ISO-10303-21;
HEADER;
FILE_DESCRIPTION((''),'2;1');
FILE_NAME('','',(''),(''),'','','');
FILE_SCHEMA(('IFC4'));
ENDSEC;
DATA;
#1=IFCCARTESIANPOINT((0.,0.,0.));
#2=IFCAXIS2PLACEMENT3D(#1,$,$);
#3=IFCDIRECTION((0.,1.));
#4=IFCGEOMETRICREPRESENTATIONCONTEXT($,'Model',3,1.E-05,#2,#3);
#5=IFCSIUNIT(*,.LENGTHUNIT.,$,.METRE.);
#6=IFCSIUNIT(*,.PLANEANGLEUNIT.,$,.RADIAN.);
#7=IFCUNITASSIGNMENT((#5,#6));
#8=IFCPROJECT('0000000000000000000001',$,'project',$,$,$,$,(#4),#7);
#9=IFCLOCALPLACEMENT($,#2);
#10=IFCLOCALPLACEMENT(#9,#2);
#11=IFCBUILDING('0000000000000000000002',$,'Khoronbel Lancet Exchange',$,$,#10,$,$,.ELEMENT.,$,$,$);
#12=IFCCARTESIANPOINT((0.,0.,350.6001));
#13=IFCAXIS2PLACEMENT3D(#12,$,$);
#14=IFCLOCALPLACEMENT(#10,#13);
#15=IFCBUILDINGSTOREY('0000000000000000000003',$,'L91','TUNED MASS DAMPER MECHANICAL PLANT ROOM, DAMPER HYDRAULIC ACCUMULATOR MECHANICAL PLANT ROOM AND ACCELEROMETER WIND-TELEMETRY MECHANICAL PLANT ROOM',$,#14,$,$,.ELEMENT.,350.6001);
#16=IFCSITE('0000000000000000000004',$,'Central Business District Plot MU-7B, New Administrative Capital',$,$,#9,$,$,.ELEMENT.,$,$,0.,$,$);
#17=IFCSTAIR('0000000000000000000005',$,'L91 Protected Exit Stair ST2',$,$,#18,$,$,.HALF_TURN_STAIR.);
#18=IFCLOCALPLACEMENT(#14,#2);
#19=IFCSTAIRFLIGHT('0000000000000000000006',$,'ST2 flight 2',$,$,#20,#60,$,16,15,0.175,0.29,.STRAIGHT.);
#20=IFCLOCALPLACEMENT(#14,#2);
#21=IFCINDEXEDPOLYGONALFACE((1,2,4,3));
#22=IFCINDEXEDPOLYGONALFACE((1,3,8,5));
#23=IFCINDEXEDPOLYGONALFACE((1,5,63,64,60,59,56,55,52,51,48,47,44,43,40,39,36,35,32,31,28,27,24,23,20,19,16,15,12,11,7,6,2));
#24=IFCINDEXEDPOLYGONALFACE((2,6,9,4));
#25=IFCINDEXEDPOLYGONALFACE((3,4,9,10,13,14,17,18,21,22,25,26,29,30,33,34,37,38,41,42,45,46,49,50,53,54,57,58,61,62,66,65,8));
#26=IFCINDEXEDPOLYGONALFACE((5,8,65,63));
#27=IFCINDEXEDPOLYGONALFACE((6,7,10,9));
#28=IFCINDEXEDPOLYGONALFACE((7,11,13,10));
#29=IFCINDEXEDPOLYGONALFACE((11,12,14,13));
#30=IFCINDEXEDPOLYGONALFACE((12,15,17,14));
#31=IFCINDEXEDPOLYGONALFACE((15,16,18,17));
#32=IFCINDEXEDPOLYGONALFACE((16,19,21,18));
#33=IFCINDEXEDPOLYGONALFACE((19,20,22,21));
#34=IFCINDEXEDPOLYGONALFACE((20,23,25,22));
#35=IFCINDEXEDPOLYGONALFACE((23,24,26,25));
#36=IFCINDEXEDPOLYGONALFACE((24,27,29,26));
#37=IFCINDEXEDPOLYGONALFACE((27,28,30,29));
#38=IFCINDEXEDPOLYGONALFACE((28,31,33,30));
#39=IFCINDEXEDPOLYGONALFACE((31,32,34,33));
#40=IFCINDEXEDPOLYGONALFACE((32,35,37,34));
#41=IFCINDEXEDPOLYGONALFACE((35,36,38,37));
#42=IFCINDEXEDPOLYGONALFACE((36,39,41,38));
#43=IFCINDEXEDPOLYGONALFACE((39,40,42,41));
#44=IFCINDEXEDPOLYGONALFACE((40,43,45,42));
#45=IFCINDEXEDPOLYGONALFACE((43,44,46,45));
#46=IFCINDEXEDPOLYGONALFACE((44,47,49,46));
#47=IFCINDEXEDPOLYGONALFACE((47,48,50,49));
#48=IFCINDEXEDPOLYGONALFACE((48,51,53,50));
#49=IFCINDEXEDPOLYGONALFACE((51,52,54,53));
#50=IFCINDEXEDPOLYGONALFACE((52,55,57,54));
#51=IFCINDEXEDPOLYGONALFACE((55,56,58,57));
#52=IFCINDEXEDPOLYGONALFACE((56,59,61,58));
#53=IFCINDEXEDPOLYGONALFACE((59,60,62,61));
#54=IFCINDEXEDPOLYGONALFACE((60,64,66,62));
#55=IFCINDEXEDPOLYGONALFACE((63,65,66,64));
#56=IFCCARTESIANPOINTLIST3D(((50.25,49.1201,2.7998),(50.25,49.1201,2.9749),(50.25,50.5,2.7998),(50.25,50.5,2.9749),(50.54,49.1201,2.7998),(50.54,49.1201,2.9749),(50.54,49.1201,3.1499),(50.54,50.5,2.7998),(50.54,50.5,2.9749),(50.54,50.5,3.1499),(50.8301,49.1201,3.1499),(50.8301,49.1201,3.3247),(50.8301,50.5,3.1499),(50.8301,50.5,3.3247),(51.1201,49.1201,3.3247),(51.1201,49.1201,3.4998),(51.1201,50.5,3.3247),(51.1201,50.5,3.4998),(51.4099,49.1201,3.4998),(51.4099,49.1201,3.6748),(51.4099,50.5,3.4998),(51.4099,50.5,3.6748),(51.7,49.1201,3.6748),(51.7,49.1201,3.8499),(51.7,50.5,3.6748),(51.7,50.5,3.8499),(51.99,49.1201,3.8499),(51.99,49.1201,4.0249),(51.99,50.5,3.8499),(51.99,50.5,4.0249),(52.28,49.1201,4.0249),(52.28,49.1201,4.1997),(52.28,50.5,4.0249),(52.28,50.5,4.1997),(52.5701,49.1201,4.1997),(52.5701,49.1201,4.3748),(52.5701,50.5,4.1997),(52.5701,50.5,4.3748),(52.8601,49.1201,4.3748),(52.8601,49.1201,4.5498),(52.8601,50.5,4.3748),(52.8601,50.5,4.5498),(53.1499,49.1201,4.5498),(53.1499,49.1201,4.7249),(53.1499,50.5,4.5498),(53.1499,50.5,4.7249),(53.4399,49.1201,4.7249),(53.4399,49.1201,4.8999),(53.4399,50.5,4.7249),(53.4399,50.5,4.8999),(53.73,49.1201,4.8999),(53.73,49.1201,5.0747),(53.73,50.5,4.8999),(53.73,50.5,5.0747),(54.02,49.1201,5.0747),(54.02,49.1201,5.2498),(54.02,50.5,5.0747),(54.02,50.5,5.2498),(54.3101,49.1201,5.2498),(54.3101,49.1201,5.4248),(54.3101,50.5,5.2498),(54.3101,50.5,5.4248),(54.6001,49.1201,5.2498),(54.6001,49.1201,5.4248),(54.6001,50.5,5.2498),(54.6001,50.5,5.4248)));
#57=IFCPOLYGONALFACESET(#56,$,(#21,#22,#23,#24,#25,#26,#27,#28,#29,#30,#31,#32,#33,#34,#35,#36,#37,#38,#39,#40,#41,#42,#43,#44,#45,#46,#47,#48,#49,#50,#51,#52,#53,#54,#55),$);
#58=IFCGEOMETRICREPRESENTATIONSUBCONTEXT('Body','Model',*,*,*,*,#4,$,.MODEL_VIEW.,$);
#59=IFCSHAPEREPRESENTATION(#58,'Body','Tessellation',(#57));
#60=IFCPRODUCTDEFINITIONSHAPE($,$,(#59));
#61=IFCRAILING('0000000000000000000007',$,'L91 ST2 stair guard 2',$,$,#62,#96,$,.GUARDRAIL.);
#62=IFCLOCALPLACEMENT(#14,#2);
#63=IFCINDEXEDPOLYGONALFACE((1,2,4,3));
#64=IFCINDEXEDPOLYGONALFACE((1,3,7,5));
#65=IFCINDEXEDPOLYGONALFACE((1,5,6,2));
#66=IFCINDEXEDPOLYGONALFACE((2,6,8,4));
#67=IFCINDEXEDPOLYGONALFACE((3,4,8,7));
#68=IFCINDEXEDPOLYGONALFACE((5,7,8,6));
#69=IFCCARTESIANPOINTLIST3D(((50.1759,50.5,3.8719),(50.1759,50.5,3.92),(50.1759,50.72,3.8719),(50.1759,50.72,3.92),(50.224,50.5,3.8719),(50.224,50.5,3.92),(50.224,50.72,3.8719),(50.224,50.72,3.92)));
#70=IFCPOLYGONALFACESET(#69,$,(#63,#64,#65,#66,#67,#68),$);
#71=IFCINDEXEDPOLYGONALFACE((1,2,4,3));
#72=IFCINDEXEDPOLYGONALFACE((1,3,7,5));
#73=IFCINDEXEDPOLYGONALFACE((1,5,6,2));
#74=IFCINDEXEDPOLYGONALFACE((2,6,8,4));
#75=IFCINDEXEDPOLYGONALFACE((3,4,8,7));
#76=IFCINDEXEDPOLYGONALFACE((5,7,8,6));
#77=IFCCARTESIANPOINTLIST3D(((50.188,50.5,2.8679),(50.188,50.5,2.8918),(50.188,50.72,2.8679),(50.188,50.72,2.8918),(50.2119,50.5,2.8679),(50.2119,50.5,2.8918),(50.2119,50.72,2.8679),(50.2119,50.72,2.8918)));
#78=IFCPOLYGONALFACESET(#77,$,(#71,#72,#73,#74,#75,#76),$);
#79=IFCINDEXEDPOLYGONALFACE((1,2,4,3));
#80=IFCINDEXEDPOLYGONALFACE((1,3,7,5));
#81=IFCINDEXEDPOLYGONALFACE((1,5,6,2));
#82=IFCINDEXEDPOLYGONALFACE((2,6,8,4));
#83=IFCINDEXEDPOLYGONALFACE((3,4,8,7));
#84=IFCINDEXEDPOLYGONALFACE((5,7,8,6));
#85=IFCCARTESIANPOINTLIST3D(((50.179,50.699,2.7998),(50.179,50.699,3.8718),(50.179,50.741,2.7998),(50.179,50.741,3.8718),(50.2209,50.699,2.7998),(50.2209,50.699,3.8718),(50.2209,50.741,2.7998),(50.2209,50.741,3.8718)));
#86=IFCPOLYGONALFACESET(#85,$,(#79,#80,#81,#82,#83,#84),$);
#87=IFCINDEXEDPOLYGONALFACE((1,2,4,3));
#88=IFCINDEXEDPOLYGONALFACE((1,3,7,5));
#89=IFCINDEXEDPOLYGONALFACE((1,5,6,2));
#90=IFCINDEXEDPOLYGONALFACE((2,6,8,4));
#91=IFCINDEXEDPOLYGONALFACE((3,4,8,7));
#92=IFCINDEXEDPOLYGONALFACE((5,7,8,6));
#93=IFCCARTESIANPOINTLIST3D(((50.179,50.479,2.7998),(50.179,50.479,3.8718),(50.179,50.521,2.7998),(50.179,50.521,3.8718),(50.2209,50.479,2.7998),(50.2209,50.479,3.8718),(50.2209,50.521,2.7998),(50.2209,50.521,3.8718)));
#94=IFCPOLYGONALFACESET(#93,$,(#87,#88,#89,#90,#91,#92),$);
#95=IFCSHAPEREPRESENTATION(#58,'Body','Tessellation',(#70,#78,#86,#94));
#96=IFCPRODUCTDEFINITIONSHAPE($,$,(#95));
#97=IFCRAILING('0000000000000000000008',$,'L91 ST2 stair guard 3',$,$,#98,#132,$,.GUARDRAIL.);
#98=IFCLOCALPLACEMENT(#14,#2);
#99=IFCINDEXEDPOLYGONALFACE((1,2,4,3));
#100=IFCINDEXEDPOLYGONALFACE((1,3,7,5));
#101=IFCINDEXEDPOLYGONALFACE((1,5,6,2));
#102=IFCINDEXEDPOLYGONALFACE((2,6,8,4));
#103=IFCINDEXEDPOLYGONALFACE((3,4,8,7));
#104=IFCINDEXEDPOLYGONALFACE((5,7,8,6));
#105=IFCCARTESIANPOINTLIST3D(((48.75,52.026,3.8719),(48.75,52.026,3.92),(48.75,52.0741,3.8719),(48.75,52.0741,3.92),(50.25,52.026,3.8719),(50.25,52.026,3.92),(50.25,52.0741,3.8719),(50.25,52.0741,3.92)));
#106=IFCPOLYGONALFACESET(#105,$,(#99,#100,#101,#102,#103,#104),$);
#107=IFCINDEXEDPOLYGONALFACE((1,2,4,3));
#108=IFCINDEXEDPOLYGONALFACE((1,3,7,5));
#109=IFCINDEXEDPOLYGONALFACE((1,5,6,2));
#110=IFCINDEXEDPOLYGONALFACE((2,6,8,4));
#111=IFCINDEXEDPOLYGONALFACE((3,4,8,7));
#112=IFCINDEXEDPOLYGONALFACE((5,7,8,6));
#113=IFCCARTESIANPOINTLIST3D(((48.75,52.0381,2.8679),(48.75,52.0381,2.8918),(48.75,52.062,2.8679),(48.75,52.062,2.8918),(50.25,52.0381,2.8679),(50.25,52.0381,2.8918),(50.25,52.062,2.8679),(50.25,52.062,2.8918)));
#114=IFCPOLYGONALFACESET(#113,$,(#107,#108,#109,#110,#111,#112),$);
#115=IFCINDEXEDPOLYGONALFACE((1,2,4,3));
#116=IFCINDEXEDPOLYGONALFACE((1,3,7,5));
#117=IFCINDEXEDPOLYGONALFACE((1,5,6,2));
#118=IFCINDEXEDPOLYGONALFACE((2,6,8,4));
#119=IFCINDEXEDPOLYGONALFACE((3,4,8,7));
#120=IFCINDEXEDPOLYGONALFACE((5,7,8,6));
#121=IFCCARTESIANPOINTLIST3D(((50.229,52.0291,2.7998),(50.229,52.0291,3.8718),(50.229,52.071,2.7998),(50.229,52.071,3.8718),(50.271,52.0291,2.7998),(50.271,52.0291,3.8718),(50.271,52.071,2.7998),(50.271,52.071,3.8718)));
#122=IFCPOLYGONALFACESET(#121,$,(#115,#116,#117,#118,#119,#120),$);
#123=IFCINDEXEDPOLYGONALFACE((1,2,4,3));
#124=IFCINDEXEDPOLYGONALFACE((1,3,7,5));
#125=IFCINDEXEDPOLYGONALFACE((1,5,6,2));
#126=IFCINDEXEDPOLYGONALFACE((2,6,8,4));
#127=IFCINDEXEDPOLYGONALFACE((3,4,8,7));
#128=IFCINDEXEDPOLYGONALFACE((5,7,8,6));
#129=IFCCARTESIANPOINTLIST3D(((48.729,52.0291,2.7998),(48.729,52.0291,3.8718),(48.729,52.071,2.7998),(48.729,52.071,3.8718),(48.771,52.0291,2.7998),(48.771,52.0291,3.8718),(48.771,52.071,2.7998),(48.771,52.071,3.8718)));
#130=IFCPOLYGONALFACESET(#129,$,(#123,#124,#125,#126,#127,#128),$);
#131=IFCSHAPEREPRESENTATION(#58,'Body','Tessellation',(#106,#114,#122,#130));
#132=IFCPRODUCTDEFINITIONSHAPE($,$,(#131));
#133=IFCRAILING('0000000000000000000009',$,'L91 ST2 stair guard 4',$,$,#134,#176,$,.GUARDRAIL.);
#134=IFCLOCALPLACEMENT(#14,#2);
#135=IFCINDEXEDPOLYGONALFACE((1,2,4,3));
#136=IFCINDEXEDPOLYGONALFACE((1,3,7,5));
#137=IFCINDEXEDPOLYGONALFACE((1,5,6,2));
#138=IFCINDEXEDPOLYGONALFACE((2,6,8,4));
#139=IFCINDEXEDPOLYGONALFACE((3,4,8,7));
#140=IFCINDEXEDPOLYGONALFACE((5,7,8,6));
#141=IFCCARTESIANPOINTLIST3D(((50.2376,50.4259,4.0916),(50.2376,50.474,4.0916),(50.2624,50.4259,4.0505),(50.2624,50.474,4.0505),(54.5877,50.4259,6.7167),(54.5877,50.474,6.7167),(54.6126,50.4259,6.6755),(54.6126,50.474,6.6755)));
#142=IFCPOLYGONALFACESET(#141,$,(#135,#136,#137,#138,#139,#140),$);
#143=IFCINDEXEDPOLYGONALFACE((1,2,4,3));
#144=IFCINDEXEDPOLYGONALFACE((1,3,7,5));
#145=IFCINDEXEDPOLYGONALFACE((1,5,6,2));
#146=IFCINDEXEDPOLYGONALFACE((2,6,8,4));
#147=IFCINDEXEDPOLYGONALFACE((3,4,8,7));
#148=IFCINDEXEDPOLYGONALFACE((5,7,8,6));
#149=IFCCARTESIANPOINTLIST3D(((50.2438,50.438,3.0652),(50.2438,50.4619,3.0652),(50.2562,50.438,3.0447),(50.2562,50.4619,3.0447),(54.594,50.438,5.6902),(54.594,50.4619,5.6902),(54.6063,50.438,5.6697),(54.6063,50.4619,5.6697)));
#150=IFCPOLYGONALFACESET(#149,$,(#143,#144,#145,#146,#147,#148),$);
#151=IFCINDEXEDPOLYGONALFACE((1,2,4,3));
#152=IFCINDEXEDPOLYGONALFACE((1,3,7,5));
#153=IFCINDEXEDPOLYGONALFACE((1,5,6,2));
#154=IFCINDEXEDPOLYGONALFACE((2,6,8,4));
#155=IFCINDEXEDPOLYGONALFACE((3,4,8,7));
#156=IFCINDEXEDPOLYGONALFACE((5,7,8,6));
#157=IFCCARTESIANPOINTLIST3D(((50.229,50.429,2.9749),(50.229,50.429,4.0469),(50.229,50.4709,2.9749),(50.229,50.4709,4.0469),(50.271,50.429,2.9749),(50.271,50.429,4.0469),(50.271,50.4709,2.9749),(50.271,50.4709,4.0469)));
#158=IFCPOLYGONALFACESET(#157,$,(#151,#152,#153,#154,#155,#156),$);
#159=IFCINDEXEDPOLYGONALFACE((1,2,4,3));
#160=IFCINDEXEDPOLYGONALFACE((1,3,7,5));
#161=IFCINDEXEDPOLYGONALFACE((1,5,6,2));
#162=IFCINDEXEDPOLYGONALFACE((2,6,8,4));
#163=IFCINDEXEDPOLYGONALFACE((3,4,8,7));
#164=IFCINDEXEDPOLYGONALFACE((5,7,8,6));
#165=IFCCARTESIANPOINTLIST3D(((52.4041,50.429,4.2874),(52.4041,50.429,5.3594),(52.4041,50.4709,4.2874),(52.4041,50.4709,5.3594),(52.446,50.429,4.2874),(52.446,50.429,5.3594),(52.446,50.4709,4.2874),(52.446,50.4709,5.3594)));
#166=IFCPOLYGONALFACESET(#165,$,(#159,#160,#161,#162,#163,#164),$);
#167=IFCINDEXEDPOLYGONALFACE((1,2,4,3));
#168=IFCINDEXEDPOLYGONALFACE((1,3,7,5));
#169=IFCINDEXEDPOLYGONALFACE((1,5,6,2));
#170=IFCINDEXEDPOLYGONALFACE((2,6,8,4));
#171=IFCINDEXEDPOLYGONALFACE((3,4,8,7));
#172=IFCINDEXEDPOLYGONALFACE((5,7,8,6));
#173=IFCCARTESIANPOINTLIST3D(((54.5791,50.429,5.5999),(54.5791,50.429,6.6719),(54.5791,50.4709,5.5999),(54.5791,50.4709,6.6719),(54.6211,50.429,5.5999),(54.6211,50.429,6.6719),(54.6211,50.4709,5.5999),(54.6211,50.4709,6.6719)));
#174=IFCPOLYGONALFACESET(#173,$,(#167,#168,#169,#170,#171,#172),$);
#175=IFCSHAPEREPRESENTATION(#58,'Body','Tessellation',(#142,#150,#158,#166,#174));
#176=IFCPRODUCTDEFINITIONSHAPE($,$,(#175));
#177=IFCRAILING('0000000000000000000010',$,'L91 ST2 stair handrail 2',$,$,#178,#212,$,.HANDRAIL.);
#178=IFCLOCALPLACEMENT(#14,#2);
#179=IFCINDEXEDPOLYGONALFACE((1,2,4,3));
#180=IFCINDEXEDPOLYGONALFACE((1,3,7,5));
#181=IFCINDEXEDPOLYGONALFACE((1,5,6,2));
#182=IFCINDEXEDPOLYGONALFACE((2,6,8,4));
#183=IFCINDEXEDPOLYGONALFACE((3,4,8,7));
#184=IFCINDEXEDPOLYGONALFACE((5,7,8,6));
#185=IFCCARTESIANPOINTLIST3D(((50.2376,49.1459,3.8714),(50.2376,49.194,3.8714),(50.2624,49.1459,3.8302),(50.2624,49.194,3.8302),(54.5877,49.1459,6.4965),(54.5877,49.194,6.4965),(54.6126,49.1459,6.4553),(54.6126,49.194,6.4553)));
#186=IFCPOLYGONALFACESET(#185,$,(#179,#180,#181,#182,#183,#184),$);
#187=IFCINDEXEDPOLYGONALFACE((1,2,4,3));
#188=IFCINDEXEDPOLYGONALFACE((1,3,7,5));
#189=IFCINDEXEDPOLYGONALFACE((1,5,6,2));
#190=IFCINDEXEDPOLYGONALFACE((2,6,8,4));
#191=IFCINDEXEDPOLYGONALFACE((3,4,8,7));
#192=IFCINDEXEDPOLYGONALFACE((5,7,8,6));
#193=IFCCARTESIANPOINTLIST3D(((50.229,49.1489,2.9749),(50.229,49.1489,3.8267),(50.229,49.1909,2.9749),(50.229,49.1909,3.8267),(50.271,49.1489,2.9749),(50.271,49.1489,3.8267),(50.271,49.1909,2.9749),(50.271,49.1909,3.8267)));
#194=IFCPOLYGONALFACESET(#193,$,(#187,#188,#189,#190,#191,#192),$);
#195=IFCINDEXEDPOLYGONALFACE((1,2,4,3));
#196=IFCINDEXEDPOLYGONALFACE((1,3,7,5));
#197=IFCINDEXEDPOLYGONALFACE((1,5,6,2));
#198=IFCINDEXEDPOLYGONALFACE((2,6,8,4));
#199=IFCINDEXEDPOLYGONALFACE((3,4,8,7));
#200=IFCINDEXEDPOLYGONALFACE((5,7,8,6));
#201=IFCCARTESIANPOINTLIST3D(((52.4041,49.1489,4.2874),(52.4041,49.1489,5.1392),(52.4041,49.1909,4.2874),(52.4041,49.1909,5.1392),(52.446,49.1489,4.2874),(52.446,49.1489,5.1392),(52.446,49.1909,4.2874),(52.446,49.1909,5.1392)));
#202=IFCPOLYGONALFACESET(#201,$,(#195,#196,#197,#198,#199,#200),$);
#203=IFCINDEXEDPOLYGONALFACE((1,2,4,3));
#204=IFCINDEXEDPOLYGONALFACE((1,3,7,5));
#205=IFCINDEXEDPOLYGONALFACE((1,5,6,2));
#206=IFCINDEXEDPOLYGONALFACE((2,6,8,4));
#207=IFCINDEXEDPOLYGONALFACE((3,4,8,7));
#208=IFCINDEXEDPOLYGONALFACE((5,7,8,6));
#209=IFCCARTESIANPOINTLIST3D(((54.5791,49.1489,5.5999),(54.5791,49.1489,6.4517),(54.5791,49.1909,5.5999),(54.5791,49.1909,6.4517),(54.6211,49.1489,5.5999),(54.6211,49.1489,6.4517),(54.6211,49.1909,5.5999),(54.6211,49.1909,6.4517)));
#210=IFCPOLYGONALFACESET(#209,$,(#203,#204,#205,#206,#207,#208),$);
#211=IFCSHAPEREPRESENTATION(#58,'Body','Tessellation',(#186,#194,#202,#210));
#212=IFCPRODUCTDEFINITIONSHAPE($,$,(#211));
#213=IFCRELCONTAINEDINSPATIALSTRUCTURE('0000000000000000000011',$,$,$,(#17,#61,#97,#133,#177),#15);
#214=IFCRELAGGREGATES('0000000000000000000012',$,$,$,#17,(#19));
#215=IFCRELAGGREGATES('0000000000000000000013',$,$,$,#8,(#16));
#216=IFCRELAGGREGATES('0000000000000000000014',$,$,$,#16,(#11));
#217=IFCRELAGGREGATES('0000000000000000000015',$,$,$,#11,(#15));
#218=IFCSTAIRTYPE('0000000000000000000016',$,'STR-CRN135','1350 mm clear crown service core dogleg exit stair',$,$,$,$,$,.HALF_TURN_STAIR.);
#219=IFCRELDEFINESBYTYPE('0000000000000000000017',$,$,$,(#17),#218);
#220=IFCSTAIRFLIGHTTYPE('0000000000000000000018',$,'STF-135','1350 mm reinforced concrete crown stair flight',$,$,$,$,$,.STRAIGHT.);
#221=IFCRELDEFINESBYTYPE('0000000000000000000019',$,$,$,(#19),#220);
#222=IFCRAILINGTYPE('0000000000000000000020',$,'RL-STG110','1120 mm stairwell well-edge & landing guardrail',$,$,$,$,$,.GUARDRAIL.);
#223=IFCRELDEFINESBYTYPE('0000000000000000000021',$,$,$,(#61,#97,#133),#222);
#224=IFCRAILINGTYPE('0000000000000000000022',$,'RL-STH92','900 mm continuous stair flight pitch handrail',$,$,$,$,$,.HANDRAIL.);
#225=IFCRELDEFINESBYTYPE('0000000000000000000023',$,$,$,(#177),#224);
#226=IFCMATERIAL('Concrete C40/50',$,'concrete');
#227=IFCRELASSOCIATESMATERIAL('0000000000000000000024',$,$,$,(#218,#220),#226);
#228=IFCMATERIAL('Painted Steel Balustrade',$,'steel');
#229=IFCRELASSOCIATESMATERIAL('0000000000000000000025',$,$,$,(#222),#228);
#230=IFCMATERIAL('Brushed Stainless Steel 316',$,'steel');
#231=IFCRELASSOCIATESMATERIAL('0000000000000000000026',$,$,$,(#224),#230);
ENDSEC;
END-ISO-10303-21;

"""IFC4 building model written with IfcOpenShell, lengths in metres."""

from ifc_helpers import new_model, si_unit, direction, frame, origin, origin_2d, place, context, subcontext, project, spatial, polyline, rectangle, outline, extrude, material, type_object, element, aggregate, save


model = new_model("IFC4")

# Units and contexts
model_context = context("Model", 3, precision=1e-05, world=origin(), true_north=direction((0.0, 1.0)))
body_context = subcontext(model_context, "Body", "Model", "MODEL_VIEW")
ifc_project = project(units=[si_unit("LENGTHUNIT", "METRE"), si_unit("PLANEANGLEUNIT", "RADIAN")], contexts=[model_context])

# Site, building, storey
site_placement = place(None, origin())
site = spatial("IfcSite", under=ifc_project, at=site_placement, Name="Central Business District Plot MU-7B, New Administrative Capital", CompositionType="ELEMENT", RefElevation=0.0)
building_placement = place(site_placement, origin())
building = spatial("IfcBuilding", under=site, at=building_placement, Name="Khoronbel Lancet Exchange", CompositionType="ELEMENT")
storey_placement = place(building_placement, frame((0.0, 0.0, 350.6001)))
storey = spatial("IfcBuildingStorey", under=building, at=storey_placement, Name="L91", Description="TUNED MASS DAMPER MECHANICAL PLANT ROOM, DAMPER HYDRAULIC ACCUMULATOR MECHANICAL PLANT ROOM AND ACCELEROMETER WIND-TELEMETRY MECHANICAL PLANT ROOM", CompositionType="ELEMENT", Elevation=350.6001)

# Stair, stair flight
ifc_material_1 = material(Name="Concrete C40/50", Category="concrete")
stair_type = type_object("IfcStairType", Name="STR-CRN135", Description="1350 mm clear crown service core dogleg exit stair", PredefinedType="HALF_TURN_STAIR", material=ifc_material_1)
stair_placement = place(storey_placement, origin())
stair = element("IfcStair", 1, at=stair_placement, inside=storey, type_object=stair_type, Name="L91 Protected Exit Stair ST2", PredefinedType="HALF_TURN_STAIR")
stair_flight_type = type_object("IfcStairFlightType", Name="STF-135", Description="1350 mm reinforced concrete crown stair flight", PredefinedType="STRAIGHT", material=ifc_material_1)
stair_flight_placement = place(storey_placement, frame((50.25, 49.8101, 2.7998), z_axis=(0.0, 0.0, 1.0), x_axis=(1.0, 0.0, 0.0)))
stair_flight = element("IfcStairFlight", 2, at=stair_flight_placement, type_object=stair_flight_type, Name="ST2 flight 2", NumberOfRisers=16, NumberOfTreads=15, PredefinedType="STRAIGHT", RiserHeight=0.175, TreadLength=0.29, context=body_context, shape_type="SweptSolid", body=[
    extrude(outline(polyline([(0.0, 0.0), (0.0, 0.175), (0.29, 0.175), (0.29, 0.3501), (0.5801, 0.3501), (0.5801, 0.5249), (0.8701, 0.5249), (0.8701, 0.7), (1.1599, 0.7), (1.1599, 0.875), (1.45, 0.875), (1.45, 1.05), (1.74, 1.05), (1.74, 1.2251), (2.03, 1.2251), (2.03, 1.3999), (2.3201, 1.3999), (2.3201, 1.575), (2.6101, 1.575), (2.6101, 1.75), (2.8999, 1.75), (2.8999, 1.925), (3.1899, 1.925), (3.1899, 2.1001), (3.48, 2.1001), (3.48, 2.2749), (3.77, 2.2749), (3.77, 2.45), (4.0601, 2.45), (4.0601, 2.625), (4.3501, 2.625), (4.3501, 2.8), (4.3501, 2.45), (0.29, 0.0), (0.0, 0.0)])), frame((0.0, 0.6899, 0.0), z_axis=(0.0, -1.0, 0.0), x_axis=(1.0, 0.0, 0.0)), (0.0, 0.0, 1.0), 1.3799),
])
aggregate(stair, [stair_flight])

# Railings
ifc_material_2 = material(Name="Painted Steel Balustrade", Category="steel")
railing_type_1 = type_object("IfcRailingType", Name="RL-STG110", Description="1120 mm stairwell well-edge & landing guardrail", PredefinedType="GUARDRAIL", material=ifc_material_2)
railing_1_placement = place(storey_placement, frame((50.2, 50.72, 2.7998)))
element("IfcRailing", 3, at=railing_1_placement, inside=storey, type_object=railing_type_1, Name="L91 ST2 stair guard 2", PredefinedType="GUARDRAIL", context=body_context, shape_type="SweptSolid", body=[
    extrude(rectangle(XDim=0.0481, YDim=0.0481, at=origin_2d()), frame((0.0, 0.0, 1.0962), z_axis=(0.0, -1.0, 0.0), x_axis=(1.0, 0.0, 0.0)), (0.0, 0.0, 1.0), 0.22),
    extrude(rectangle(XDim=0.0239, YDim=0.0239, at=origin_2d()), frame((0.0, 0.0, 0.0801), z_axis=(0.0, -1.0, 0.0), x_axis=(1.0, 0.0, 0.0)), (0.0, 0.0, 1.0), 0.22),
    extrude(rectangle(XDim=0.042, YDim=0.042, at=origin_2d()), origin(), (0.0, 0.0, 1.0), 1.072),
    extrude(rectangle(XDim=0.042, YDim=0.042, at=origin_2d()), frame((0.0, -0.22, 0.0)), (0.0, 0.0, 1.0), 1.072),
])
railing_2_placement = place(storey_placement, frame((50.25, 52.05, 2.7998)))
element("IfcRailing", 4, at=railing_2_placement, inside=storey, type_object=railing_type_1, Name="L91 ST2 stair guard 3", PredefinedType="GUARDRAIL", context=body_context, shape_type="SweptSolid", body=[
    extrude(rectangle(XDim=0.0481, YDim=0.0481, at=origin_2d()), frame((0.0, 0.0, 1.0962), z_axis=(-1.0, 0.0, 0.0), x_axis=(0.0, -1.0, 0.0)), (0.0, 0.0, 1.0), 1.5),
    extrude(rectangle(XDim=0.0239, YDim=0.0239, at=origin_2d()), frame((0.0, 0.0, 0.0801), z_axis=(-1.0, 0.0, 0.0), x_axis=(0.0, -1.0, 0.0)), (0.0, 0.0, 1.0), 1.5),
    extrude(rectangle(XDim=0.042, YDim=0.042, at=origin_2d()), origin(), (0.0, 0.0, 1.0), 1.072),
    extrude(rectangle(XDim=0.042, YDim=0.042, at=origin_2d()), frame((-1.5, 0.0, 0.0)), (0.0, 0.0, 1.0), 1.072),
])
railing_3_placement = place(storey_placement, frame((50.25, 50.45, 2.9749)))
element("IfcRailing", 5, at=railing_3_placement, inside=storey, type_object=railing_type_1, Name="L91 ST2 stair guard 4", PredefinedType="GUARDRAIL", context=body_context, shape_type="SweptSolid", body=[
    extrude(rectangle(XDim=0.0481, YDim=0.0481, at=origin_2d()), frame((0.0, 0.0, 1.0962), z_axis=(0.856193, 0.0, 0.516656), x_axis=(0.0, 1.0, 0.0)), (0.0, 0.0, 1.0), 5.0808),
    extrude(rectangle(XDim=0.0239, YDim=0.0239, at=origin_2d()), frame((0.0, 0.0, 0.0801), z_axis=(0.856193, 0.0, 0.516656), x_axis=(0.0, 1.0, 0.0)), (0.0, 0.0, 1.0), 5.0808),
    extrude(rectangle(XDim=0.042, YDim=0.042, at=origin_2d()), origin(), (0.0, 0.0, 1.0), 1.072),
    extrude(rectangle(XDim=0.042, YDim=0.042, at=origin_2d()), frame((2.175, 0.0, 1.3125)), (0.0, 0.0, 1.0), 1.072),
    extrude(rectangle(XDim=0.042, YDim=0.042, at=origin_2d()), frame((4.3501, 0.0, 2.625)), (0.0, 0.0, 1.0), 1.072),
])
ifc_material_3 = material(Name="Brushed Stainless Steel 316", Category="steel")
railing_type_2 = type_object("IfcRailingType", Name="RL-STH92", Description="900 mm continuous stair flight pitch handrail", PredefinedType="HANDRAIL", material=ifc_material_3)
railing_4_placement = place(storey_placement, frame((50.25, 49.1699, 2.9749)))
element("IfcRailing", 6, at=railing_4_placement, inside=storey, type_object=railing_type_2, Name="L91 ST2 stair handrail 2", PredefinedType="HANDRAIL", context=body_context, shape_type="SweptSolid", body=[
    extrude(rectangle(XDim=0.0481, YDim=0.0481, at=origin_2d()), frame((0.0, 0.0, 0.876), z_axis=(0.856193, 0.0, 0.516656), x_axis=(0.0, 1.0, 0.0)), (0.0, 0.0, 1.0), 5.0808),
    extrude(rectangle(XDim=0.042, YDim=0.042, at=origin_2d()), origin(), (0.0, 0.0, 1.0), 0.8518),
    extrude(rectangle(XDim=0.042, YDim=0.042, at=origin_2d()), frame((2.175, 0.0, 1.3125)), (0.0, 0.0, 1.0), 0.8518),
    extrude(rectangle(XDim=0.042, YDim=0.042, at=origin_2d()), frame((4.3501, 0.0, 2.625)), (0.0, 0.0, 1.0), 0.8518),
])

save(model, "model.ifc")
